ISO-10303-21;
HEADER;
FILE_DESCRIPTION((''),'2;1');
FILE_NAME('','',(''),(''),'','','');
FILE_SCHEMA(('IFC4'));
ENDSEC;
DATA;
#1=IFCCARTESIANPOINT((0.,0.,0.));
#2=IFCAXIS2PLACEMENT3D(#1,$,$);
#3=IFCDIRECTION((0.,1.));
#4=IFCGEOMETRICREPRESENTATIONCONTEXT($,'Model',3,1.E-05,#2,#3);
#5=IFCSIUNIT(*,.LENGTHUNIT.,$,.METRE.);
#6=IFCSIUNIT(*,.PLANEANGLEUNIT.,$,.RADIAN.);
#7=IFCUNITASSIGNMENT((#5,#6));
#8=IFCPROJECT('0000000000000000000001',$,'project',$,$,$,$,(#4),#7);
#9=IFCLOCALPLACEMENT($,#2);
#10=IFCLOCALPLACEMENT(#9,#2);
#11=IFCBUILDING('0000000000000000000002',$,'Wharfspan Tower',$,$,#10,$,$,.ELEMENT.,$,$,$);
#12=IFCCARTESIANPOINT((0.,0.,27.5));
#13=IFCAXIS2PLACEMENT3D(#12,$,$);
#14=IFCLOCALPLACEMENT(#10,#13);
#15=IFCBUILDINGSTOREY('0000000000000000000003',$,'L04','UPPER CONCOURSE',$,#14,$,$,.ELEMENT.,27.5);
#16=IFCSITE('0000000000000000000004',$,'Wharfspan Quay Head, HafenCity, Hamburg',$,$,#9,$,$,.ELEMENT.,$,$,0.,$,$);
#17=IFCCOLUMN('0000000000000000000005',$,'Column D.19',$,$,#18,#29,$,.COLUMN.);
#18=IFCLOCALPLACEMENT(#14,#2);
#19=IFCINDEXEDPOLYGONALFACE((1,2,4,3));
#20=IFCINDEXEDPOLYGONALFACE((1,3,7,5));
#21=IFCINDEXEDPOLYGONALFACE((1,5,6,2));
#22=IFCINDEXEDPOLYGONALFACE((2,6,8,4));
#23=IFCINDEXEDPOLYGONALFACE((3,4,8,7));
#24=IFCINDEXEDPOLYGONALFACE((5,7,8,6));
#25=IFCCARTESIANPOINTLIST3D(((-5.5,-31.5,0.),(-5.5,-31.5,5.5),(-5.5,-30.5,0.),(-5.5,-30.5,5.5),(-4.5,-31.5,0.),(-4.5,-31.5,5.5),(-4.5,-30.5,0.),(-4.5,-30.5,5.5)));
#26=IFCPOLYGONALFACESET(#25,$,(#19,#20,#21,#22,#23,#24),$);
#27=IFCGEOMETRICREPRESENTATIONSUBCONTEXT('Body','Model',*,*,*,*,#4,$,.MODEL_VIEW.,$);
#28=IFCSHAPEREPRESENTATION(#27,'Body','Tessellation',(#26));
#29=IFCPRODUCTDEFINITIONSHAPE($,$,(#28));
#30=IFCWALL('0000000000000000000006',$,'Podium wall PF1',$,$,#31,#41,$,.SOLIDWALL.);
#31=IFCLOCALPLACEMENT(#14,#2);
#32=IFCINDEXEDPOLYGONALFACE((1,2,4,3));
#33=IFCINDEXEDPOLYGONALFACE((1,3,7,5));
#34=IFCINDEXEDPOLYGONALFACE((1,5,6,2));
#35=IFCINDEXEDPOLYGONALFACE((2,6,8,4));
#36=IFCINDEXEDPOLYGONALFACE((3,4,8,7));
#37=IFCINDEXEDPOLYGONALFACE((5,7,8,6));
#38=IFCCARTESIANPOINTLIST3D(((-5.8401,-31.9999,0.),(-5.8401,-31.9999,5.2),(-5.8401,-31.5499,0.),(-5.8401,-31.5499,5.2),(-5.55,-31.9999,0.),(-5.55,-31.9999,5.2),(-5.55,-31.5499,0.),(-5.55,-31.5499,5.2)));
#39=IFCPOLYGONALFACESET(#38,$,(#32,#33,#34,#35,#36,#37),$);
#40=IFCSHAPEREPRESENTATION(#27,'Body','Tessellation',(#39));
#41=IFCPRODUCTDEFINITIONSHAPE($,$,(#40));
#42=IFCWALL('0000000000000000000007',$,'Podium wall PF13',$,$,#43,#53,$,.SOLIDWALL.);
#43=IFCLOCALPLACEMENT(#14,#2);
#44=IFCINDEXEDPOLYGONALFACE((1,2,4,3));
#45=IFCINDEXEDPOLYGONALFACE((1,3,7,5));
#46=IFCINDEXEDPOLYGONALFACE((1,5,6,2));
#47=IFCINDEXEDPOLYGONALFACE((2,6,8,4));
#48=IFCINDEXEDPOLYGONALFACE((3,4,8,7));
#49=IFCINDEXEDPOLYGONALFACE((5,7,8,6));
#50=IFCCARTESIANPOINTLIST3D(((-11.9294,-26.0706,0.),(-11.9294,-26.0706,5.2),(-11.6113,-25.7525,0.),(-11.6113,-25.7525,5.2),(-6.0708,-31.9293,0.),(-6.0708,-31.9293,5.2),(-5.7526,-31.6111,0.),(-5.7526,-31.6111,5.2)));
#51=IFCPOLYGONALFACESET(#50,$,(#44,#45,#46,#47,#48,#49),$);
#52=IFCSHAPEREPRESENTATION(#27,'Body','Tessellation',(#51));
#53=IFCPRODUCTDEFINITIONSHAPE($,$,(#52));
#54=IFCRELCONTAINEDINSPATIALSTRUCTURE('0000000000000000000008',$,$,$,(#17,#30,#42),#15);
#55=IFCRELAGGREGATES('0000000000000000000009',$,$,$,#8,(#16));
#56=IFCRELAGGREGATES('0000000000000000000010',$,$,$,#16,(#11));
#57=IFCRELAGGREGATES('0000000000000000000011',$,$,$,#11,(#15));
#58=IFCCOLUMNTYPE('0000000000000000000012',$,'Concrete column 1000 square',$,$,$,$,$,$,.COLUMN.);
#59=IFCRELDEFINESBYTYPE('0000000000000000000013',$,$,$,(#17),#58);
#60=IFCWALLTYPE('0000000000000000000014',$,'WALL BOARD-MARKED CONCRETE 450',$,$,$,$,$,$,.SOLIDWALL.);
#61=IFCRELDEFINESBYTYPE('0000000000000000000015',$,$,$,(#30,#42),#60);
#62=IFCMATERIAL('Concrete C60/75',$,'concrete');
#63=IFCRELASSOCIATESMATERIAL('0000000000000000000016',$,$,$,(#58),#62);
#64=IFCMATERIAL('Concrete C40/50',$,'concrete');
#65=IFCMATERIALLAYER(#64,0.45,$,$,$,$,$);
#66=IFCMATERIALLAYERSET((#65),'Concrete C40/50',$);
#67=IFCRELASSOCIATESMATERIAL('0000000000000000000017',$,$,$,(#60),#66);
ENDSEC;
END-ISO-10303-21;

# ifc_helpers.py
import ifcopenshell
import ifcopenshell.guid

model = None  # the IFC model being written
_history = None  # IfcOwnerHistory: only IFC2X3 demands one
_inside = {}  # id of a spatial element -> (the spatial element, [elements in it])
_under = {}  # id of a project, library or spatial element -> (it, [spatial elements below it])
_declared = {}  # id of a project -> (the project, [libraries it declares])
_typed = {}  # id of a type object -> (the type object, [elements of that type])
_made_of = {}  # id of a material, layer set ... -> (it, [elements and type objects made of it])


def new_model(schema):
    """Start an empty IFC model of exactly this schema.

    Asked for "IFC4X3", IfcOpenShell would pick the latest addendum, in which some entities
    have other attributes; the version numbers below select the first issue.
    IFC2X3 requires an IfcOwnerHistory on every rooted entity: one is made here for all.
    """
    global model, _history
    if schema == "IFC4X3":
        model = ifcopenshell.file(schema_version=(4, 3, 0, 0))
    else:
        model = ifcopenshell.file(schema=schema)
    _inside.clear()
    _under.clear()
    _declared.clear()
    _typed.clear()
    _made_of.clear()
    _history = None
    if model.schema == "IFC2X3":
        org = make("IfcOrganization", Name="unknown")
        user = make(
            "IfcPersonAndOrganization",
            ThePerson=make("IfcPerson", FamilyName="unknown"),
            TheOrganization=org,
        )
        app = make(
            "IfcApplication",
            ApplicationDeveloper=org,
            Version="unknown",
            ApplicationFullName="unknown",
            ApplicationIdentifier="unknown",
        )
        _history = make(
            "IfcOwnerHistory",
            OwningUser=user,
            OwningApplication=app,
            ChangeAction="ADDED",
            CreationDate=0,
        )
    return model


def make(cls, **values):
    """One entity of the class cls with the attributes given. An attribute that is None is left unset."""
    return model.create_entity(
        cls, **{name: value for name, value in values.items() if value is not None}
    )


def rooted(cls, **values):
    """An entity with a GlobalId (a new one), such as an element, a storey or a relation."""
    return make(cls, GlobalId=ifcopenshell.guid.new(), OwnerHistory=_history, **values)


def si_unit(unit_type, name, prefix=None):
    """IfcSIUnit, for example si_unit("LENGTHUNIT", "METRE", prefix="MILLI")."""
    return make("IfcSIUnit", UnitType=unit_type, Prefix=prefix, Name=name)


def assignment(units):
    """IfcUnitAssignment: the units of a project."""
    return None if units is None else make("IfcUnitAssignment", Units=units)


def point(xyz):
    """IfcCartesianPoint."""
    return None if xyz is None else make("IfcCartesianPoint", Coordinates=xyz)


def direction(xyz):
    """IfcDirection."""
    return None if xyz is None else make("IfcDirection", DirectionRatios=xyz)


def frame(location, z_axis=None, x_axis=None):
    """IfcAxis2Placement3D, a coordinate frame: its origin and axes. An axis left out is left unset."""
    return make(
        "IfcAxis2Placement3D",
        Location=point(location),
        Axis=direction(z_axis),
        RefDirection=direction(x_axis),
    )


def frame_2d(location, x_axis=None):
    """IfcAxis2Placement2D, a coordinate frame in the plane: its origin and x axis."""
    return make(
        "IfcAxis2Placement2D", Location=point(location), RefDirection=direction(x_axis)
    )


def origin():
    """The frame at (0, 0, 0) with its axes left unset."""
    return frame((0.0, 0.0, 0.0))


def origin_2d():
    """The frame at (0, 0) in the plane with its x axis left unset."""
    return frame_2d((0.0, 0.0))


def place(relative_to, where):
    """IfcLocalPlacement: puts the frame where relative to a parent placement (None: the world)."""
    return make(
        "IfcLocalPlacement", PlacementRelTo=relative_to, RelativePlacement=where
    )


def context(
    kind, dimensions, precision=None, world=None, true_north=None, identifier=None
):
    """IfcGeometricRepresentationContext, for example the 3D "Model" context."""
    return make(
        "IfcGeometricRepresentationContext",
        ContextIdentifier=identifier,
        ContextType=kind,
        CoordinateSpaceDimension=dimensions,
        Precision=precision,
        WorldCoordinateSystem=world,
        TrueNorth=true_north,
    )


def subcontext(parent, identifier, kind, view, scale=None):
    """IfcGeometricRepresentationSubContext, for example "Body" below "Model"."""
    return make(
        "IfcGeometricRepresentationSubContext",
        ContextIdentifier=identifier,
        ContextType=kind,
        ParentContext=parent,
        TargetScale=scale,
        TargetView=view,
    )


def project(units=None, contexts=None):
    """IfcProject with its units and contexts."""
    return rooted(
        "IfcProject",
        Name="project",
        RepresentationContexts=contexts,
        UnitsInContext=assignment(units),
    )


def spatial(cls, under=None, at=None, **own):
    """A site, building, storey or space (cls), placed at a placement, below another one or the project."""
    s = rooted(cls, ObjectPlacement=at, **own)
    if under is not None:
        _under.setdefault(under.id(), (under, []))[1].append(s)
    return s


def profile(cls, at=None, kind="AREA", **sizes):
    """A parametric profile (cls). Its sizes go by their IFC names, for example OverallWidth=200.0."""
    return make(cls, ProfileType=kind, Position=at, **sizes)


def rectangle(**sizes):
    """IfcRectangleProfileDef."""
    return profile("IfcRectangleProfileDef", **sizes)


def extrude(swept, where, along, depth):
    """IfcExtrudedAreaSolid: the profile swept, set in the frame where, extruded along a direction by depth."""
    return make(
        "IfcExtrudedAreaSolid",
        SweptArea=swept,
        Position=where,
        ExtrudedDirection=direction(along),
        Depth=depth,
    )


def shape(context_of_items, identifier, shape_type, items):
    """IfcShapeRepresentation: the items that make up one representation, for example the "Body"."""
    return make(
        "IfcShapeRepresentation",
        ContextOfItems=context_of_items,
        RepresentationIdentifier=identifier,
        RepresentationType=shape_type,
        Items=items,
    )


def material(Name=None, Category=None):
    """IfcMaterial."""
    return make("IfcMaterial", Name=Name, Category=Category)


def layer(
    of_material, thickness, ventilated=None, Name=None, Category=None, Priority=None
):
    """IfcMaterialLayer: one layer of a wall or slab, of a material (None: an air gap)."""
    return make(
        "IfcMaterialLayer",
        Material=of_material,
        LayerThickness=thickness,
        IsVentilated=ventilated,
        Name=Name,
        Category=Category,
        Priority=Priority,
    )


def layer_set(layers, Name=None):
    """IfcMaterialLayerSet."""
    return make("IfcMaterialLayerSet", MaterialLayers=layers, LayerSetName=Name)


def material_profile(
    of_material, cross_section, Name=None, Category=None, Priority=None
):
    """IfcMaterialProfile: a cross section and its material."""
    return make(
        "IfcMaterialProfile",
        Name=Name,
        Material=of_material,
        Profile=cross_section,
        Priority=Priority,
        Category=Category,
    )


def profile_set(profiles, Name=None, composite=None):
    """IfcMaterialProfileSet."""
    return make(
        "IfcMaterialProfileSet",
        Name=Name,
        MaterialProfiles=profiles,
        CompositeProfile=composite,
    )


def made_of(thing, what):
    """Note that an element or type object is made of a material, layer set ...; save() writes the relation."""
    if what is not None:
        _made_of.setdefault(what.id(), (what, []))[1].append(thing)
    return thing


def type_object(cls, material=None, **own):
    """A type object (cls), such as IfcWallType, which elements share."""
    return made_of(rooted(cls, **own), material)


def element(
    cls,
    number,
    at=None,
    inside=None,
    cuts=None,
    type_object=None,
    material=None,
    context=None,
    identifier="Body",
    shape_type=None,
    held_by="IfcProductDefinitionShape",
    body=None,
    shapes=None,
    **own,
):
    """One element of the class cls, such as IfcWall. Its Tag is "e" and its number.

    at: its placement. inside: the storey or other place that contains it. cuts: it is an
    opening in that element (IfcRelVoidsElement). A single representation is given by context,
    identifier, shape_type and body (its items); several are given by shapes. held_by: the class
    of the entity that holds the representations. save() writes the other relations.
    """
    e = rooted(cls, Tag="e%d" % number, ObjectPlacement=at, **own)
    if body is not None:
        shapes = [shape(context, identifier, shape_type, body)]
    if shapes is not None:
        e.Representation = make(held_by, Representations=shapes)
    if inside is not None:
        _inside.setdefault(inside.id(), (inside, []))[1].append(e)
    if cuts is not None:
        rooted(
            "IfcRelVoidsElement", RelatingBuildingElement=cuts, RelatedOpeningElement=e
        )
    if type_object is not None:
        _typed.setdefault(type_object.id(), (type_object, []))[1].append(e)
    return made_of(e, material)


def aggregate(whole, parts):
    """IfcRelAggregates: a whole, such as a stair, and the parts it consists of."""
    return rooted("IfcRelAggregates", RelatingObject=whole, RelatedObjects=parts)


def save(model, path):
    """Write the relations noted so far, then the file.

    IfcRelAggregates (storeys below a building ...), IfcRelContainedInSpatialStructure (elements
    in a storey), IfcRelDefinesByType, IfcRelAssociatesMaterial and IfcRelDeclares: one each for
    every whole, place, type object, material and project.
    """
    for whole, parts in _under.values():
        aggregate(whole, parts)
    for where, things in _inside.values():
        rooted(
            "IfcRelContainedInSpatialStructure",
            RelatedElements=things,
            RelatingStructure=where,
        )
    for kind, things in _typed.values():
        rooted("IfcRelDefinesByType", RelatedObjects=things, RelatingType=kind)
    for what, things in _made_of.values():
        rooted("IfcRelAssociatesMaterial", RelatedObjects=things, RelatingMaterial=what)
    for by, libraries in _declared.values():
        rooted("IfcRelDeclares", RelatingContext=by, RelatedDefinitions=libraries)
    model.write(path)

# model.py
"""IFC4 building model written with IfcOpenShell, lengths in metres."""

from ifc_helpers import new_model, si_unit, direction, frame, frame_2d, origin, origin_2d, place, context, subcontext, project, spatial, rectangle, extrude, material, layer, layer_set, material_profile, profile_set, type_object, element, save


model = new_model("IFC4")

# Units and contexts
model_context = context("Model", 3, precision=1e-05, world=origin(), true_north=direction((0.0, 1.0)))
body_context = subcontext(model_context, "Body", "Model", "MODEL_VIEW")
ifc_project = project(units=[si_unit("LENGTHUNIT", "METRE"), si_unit("PLANEANGLEUNIT", "RADIAN")], contexts=[model_context])

# Site, building, storey
site_placement = place(None, origin())
site = spatial("IfcSite", under=ifc_project, at=site_placement, Name="Wharfspan Quay Head, HafenCity, Hamburg", CompositionType="ELEMENT", RefElevation=0.0)
building_placement = place(site_placement, origin())
building = spatial("IfcBuilding", under=site, at=building_placement, Name="Wharfspan Tower", CompositionType="ELEMENT")
storey_placement = place(building_placement, frame((0.0, 0.0, 27.5)))
storey = spatial("IfcBuildingStorey", under=building, at=storey_placement, Name="L04", Description="UPPER CONCOURSE", CompositionType="ELEMENT", Elevation=27.5)

# Column
ifc_material_1 = material(Name="Concrete C60/75", Category="concrete")
ifc_material_profile = material_profile(ifc_material_1, rectangle(XDim=1.0, YDim=1.0, at=origin_2d()))
ifc_profile_set = profile_set([ifc_material_profile], Name="Concrete C60/75")
column_type = type_object("IfcColumnType", Name="Concrete column 1000 square", PredefinedType="COLUMN", material=ifc_profile_set)
column_placement = place(storey_placement, frame((-5.0, -31.0, 0.0), z_axis=(0.0, 0.0, 1.0), x_axis=(1.0, 0.0, 0.0)))
element("IfcColumn", 1, at=column_placement, inside=storey, type_object=column_type, Name="Column D.19", PredefinedType="COLUMN", context=body_context, shape_type="SweptSolid", body=[
    extrude(rectangle(XDim=1.0, YDim=1.0, at=origin_2d()), origin(), (0.0, 0.0, 1.0), 5.5),
])

# Walls
ifc_material_2 = material(Name="Concrete C40/50", Category="concrete")
ifc_layer = layer(ifc_material_2, 0.45)
ifc_layer_set = layer_set([ifc_layer], Name="Concrete C40/50")
wall_type = type_object("IfcWallType", Name="WALL BOARD-MARKED CONCRETE 450", PredefinedType="SOLIDWALL", material=ifc_layer_set)
wall_1_placement = place(storey_placement, frame((-5.8401, -31.7749, 0.0), z_axis=(0.0, 0.0, 1.0), x_axis=(1.0, 0.0, 0.0)))
element("IfcWall", 2, at=wall_1_placement, inside=storey, type_object=wall_type, Name="Podium wall PF1", PredefinedType="SOLIDWALL", context=body_context, shape_type="SweptSolid", body=[
    extrude(rectangle(XDim=0.29, YDim=0.45, at=frame_2d((0.145, 0.0))), origin(), (0.0, 0.0, 1.0), 5.2),
])
wall_2_placement = place(storey_placement, frame((-11.7703, -25.9116, 0.0), z_axis=(0.0, 0.0, 1.0), x_axis=(0.707107, -0.707107, 0.0)))
element("IfcWall", 3, at=wall_2_placement, inside=storey, type_object=wall_type, Name="Podium wall PF13", PredefinedType="SOLIDWALL", context=body_context, shape_type="SweptSolid", body=[
    extrude(rectangle(XDim=8.2854, YDim=0.45, at=frame_2d((4.1426, 0.0))), origin(), (0.0, 0.0, 1.0), 5.2),
])

save(model, "model.ifc")
